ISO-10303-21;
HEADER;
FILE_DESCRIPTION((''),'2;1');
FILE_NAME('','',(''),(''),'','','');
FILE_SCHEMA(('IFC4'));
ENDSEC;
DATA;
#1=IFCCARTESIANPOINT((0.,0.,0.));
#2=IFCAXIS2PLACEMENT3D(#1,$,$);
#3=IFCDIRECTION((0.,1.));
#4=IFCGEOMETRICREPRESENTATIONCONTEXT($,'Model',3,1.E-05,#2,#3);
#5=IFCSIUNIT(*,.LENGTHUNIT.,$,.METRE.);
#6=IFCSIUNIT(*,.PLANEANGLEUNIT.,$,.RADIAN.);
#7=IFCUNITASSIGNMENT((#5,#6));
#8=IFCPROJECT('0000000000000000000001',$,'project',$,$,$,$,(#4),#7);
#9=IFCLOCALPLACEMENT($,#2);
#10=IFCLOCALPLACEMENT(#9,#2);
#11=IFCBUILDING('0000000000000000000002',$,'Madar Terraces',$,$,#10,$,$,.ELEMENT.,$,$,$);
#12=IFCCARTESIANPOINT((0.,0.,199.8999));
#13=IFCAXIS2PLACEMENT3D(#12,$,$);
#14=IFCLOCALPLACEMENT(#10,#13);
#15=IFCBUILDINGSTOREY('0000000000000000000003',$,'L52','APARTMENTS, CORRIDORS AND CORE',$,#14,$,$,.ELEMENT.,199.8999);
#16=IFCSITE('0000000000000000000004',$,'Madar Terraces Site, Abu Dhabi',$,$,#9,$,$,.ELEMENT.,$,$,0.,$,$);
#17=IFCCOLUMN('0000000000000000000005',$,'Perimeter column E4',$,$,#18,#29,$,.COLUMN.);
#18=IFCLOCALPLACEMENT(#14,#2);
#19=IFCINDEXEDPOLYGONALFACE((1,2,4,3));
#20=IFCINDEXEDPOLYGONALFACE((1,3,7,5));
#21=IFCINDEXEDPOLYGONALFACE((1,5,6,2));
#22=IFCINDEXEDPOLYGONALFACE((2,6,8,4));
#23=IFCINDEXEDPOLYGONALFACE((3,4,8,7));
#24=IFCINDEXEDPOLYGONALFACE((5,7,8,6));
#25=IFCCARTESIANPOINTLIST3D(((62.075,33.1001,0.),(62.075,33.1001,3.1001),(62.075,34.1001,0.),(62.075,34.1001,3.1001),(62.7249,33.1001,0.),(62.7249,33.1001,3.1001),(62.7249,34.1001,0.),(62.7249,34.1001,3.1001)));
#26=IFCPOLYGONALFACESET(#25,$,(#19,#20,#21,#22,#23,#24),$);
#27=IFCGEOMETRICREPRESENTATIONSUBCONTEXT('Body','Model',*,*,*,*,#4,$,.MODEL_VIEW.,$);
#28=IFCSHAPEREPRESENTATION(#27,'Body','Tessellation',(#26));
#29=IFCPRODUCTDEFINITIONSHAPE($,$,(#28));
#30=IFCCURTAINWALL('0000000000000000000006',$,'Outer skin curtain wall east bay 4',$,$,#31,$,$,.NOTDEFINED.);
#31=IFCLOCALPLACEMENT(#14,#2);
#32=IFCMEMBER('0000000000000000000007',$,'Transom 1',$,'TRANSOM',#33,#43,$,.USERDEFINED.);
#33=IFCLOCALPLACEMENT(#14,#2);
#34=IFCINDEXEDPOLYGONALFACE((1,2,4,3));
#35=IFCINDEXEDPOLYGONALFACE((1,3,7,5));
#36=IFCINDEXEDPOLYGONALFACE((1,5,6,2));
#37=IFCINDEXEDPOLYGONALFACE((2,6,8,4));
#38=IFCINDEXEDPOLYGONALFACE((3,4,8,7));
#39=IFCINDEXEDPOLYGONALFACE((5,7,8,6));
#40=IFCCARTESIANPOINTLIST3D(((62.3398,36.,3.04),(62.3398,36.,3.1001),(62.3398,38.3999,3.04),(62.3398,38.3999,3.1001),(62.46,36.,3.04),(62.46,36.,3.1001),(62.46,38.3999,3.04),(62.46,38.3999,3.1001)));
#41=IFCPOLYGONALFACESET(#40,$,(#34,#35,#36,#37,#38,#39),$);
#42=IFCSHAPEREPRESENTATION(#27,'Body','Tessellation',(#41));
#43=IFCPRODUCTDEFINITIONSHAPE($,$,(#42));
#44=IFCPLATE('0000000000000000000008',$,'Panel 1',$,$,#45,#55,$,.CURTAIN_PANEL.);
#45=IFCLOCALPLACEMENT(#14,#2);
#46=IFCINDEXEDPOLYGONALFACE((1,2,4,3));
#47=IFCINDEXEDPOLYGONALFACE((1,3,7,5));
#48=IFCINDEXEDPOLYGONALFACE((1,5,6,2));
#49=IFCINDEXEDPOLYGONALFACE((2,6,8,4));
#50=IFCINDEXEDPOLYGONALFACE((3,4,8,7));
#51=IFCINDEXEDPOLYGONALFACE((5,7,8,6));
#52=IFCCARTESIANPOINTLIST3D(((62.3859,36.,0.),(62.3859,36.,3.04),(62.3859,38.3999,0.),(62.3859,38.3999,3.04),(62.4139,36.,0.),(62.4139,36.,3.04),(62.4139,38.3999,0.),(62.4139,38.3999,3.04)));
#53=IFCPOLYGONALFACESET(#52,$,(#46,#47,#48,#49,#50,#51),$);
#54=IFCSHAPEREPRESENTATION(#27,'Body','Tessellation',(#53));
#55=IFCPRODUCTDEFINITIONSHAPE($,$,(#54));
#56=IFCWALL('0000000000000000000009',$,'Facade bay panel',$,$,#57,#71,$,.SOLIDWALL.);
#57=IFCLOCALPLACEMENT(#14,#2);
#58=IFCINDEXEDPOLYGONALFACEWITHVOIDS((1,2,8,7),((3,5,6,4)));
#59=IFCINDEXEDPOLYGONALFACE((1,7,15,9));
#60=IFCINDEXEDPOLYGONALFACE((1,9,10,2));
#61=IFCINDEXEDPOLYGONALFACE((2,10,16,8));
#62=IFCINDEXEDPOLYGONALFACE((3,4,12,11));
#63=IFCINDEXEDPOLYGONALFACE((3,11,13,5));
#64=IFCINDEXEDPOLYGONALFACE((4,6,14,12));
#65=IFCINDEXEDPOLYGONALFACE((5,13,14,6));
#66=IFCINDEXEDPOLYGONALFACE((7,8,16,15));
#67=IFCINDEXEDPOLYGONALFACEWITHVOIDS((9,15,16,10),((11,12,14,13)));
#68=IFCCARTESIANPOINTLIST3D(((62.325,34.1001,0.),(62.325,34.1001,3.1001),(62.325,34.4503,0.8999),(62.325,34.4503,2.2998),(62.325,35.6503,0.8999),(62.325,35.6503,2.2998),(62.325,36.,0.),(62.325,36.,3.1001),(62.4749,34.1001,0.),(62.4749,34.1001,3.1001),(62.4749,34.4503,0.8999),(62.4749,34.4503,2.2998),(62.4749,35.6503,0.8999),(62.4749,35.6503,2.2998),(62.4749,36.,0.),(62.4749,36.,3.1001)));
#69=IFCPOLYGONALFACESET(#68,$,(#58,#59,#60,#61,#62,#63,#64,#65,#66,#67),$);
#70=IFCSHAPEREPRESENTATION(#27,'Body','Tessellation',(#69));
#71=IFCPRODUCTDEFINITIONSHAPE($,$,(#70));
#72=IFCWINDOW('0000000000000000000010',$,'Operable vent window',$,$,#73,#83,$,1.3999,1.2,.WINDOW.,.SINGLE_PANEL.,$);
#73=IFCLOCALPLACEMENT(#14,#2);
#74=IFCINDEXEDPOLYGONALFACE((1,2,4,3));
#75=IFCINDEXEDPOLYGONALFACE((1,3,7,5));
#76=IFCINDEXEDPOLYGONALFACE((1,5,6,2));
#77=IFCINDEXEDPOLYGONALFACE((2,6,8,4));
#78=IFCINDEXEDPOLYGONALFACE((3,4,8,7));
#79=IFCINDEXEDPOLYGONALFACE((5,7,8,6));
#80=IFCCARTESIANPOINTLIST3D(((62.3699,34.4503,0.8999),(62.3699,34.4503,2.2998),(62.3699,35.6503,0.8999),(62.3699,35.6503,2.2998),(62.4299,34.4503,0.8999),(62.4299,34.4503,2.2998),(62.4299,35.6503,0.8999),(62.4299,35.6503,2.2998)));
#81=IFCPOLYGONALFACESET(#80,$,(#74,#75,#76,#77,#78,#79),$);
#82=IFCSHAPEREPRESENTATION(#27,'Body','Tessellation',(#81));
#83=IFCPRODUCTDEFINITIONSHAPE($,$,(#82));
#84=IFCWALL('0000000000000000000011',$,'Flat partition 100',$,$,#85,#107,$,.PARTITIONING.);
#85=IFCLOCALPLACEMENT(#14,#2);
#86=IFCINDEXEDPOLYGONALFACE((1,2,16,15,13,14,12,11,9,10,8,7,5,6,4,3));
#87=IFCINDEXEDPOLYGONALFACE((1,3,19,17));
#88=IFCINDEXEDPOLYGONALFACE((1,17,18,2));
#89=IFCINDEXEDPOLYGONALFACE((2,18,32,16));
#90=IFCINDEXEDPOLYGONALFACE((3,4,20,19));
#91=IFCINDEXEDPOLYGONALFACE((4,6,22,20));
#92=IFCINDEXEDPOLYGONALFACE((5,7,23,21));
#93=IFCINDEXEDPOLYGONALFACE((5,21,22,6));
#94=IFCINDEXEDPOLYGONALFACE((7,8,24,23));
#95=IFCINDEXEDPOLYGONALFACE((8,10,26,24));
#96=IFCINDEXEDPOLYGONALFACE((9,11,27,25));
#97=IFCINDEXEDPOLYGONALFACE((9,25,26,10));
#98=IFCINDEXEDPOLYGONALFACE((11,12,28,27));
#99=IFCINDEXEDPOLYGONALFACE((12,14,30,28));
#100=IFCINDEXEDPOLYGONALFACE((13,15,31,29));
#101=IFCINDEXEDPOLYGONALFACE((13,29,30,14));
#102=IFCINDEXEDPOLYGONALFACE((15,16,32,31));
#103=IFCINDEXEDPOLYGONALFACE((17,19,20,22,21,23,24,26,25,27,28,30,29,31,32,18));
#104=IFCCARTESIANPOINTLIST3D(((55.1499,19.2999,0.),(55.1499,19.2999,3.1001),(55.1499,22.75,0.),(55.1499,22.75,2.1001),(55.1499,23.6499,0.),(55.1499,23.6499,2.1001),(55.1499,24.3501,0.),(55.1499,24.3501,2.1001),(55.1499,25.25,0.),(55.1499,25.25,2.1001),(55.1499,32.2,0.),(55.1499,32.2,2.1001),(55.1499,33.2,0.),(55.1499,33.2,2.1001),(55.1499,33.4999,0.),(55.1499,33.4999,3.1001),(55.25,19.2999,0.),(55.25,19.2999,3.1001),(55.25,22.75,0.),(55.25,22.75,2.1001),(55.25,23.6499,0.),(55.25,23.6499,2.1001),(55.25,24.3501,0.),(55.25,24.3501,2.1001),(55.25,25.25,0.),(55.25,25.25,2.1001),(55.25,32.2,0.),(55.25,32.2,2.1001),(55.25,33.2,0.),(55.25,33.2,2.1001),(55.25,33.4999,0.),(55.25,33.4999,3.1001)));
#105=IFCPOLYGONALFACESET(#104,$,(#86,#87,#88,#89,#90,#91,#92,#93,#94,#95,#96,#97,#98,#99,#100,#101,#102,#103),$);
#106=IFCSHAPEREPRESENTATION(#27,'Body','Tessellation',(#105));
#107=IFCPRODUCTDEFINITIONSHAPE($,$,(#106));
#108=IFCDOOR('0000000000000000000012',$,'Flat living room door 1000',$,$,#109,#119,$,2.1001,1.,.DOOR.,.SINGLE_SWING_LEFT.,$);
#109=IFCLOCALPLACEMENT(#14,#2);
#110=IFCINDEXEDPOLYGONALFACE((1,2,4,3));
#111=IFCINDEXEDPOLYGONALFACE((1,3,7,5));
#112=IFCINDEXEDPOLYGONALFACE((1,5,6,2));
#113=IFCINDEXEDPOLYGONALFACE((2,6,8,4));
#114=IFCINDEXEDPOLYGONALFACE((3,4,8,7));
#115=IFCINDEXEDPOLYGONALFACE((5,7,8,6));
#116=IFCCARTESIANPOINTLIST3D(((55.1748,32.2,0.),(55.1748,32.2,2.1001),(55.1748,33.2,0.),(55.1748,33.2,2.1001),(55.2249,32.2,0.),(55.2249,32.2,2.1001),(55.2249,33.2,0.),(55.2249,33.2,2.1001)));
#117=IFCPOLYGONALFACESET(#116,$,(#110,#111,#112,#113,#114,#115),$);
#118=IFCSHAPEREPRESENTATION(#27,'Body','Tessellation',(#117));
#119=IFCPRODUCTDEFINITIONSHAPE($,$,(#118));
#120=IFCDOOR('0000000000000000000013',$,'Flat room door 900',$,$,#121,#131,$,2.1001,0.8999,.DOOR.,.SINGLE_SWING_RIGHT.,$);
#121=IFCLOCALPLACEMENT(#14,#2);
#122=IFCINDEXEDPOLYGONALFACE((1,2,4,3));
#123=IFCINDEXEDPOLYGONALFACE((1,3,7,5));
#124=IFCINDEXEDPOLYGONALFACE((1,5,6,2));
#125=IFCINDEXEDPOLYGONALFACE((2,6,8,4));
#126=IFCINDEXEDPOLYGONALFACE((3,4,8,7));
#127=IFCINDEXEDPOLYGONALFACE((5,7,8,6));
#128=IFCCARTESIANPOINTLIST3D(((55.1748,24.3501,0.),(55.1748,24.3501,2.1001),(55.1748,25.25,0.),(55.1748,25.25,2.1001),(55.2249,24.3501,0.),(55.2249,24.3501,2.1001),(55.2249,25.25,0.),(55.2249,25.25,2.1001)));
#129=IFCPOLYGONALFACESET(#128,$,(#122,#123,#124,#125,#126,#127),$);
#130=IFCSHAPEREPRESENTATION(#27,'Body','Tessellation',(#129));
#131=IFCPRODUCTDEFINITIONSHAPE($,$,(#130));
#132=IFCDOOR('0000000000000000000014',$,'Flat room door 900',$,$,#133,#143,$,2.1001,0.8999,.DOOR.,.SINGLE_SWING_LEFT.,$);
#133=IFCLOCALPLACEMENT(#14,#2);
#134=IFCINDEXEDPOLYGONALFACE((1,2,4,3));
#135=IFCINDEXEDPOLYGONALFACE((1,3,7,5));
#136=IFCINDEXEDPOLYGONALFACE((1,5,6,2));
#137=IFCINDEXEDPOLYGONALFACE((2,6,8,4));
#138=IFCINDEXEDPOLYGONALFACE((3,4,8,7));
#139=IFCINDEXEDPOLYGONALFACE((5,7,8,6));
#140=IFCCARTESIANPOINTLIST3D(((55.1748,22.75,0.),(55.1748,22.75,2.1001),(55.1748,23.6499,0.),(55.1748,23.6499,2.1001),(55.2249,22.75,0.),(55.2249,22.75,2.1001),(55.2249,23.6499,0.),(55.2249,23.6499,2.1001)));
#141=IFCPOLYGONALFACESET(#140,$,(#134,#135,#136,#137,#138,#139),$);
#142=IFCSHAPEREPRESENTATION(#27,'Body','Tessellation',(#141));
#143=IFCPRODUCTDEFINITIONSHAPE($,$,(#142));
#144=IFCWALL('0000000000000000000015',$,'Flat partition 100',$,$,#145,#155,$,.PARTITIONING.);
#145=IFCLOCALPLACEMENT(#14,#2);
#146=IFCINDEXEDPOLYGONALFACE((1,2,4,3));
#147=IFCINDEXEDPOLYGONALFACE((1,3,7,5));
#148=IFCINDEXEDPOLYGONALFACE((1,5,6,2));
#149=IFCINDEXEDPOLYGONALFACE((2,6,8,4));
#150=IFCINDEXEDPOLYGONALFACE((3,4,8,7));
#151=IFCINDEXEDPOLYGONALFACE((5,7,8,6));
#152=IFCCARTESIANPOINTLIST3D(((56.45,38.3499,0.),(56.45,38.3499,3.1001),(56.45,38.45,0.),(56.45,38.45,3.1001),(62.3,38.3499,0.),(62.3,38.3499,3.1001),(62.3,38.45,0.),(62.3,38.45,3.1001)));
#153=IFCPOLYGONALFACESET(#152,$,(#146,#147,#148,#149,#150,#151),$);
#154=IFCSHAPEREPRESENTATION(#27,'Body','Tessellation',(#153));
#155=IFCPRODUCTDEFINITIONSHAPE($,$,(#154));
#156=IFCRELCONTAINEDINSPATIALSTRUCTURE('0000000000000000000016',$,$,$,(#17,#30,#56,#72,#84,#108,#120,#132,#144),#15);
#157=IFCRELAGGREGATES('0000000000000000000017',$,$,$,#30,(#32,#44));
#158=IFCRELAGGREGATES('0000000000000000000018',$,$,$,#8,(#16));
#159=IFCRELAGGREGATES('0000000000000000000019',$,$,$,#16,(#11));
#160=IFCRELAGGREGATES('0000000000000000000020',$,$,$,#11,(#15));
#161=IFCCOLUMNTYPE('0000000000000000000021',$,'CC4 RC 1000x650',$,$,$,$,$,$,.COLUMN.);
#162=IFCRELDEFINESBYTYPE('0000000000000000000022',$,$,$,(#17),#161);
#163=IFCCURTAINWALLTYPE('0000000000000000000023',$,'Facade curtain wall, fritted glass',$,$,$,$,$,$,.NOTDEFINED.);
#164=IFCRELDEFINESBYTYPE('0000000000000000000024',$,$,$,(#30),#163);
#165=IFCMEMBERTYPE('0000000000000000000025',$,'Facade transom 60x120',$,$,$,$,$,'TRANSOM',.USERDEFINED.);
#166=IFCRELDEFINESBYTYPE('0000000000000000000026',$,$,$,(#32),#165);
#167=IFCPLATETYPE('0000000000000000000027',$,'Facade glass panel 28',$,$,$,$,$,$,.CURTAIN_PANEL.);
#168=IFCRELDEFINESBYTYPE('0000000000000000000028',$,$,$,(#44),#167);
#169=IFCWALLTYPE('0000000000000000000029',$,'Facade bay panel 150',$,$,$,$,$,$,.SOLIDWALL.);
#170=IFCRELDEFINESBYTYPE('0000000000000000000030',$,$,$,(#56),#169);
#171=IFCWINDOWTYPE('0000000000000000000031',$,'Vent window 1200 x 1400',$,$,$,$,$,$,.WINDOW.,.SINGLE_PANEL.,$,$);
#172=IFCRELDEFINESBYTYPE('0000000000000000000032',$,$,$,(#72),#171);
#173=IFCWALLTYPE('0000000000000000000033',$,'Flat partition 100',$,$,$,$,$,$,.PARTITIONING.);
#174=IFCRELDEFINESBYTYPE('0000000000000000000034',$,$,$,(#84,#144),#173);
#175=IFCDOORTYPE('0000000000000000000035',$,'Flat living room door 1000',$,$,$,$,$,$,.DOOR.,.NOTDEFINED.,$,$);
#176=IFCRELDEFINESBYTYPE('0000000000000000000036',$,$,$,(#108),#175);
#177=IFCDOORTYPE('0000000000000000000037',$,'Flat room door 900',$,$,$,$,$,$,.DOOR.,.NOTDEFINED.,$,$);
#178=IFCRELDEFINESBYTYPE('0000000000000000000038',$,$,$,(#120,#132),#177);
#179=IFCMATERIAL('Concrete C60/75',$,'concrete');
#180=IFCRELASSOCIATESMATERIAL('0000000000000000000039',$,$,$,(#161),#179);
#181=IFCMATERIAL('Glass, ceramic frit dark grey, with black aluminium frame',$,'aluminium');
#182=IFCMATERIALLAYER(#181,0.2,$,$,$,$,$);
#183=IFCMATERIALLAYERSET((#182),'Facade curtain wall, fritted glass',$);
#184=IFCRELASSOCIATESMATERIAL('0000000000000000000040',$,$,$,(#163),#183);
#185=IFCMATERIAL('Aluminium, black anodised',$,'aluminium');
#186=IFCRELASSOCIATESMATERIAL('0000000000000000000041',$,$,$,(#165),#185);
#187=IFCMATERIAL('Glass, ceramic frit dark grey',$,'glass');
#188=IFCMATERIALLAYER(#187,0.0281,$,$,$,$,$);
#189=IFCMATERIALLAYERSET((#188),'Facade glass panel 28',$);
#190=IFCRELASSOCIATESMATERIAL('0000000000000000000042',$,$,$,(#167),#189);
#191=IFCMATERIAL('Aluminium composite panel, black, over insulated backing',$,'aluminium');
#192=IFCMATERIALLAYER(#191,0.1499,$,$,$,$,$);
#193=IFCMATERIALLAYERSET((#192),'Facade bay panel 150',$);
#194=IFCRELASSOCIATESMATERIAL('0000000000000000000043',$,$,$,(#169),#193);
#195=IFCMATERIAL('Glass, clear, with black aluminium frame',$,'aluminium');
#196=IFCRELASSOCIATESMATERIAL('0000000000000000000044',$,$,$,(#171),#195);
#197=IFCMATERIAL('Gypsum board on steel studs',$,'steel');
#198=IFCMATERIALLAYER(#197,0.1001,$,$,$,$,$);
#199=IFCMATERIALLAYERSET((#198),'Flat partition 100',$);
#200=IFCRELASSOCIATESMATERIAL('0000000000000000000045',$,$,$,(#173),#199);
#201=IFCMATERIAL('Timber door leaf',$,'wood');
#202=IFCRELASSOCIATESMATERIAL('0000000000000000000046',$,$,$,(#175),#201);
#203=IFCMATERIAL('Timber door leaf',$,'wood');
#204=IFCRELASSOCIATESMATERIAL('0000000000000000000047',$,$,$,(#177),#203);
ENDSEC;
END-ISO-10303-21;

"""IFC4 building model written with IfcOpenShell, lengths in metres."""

from ifc_helpers import new_model, si_unit, direction, frame, frame_2d, origin, origin_2d, place, context, subcontext, project, spatial, rectangle, extrude, material, layer, layer_set, material_profile, profile_set, type_object, element, fill, aggregate, save


model = new_model("IFC4")

# Units and contexts
model_context = context("Model", 3, precision=1e-05, world=origin(), true_north=direction((0.0, 1.0)))
body_context = subcontext(model_context, "Body", "Model", "MODEL_VIEW")
ifc_project = project(units=[si_unit("LENGTHUNIT", "METRE"), si_unit("PLANEANGLEUNIT", "RADIAN")], contexts=[model_context])

# Site, building, storey
site_placement = place(None, origin())
site = spatial("IfcSite", under=ifc_project, at=site_placement, Name="Madar Terraces Site, Abu Dhabi", CompositionType="ELEMENT", RefElevation=0.0)
building_placement = place(site_placement, origin())
building = spatial("IfcBuilding", under=site, at=building_placement, Name="Madar Terraces", CompositionType="ELEMENT")
storey_placement = place(building_placement, frame((0.0, 0.0, 199.8999)))
storey = spatial("IfcBuildingStorey", under=building, at=storey_placement, Name="L52", Description="APARTMENTS, CORRIDORS AND CORE", CompositionType="ELEMENT", Elevation=199.8999)

# Column
ifc_material_1 = material(Name="Concrete C60/75", Category="concrete")
ifc_material_profile_1 = material_profile(ifc_material_1, rectangle(XDim=1.0, YDim=0.6499, at=origin_2d()), Name="CC4 RC 1000x650")
ifc_profile_set_1 = profile_set([ifc_material_profile_1], Name="Concrete C60/75")
column_type = type_object("IfcColumnType", Name="CC4 RC 1000x650", PredefinedType="COLUMN", material=ifc_profile_set_1)
column_placement = place(storey_placement, frame((62.3999, 33.6001, 0.0), z_axis=(0.0, 0.0, 1.0), x_axis=(0.0, 1.0, 0.0)))
element("IfcColumn", 1, at=column_placement, inside=storey, type_object=column_type, Name="Perimeter column E4", PredefinedType="COLUMN", context=body_context, shape_type="SweptSolid", body=[
    extrude(rectangle(XDim=1.0, YDim=0.6499, at=origin_2d()), origin(), (0.0, 0.0, 1.0), 3.1001),
])

# Curtain wall, member, plate
ifc_material_2 = material(Name="Glass, ceramic frit dark grey, with black aluminium frame", Category="aluminium")
ifc_layer_1 = layer(ifc_material_2, 0.2)
ifc_layer_set_1 = layer_set([ifc_layer_1], Name="Facade curtain wall, fritted glass")
curtain_wall_type = type_object("IfcCurtainWallType", Name="Facade curtain wall, fritted glass", PredefinedType="NOTDEFINED", material=ifc_layer_set_1)
curtain_wall_placement = place(storey_placement, origin())
curtain_wall = element("IfcCurtainWall", 2, at=curtain_wall_placement, inside=storey, type_object=curtain_wall_type, Name="Outer skin curtain wall east bay 4", PredefinedType="NOTDEFINED")
ifc_material_3 = material(Name="Aluminium, black anodised", Category="aluminium")
ifc_material_profile_2 = material_profile(ifc_material_3, rectangle(XDim=0.1201, YDim=0.0601, at=origin_2d()), Name="Facade transom 60x120")
ifc_profile_set_2 = profile_set([ifc_material_profile_2], Name="Aluminium, black anodised")
member_type = type_object("IfcMemberType", Name="Facade transom 60x120", ElementType="TRANSOM", PredefinedType="USERDEFINED", material=ifc_profile_set_2)
member_placement = place(storey_placement, frame((62.3999, 36.0, 3.0701), z_axis=(0.0, 1.0, 0.0), x_axis=(-1.0, 0.0, 0.0)))
member = element("IfcMember", 3, at=member_placement, type_object=member_type, Name="Transom 1", ObjectType="TRANSOM", PredefinedType="USERDEFINED", context=body_context, shape_type="SweptSolid", body=[
    extrude(rectangle(XDim=0.1201, YDim=0.0601, at=origin_2d()), origin(), (0.0, 0.0, 1.0), 2.3999),
])
ifc_material_4 = material(Name="Glass, ceramic frit dark grey", Category="glass")
ifc_layer_2 = layer(ifc_material_4, 0.0281)
ifc_layer_set_2 = layer_set([ifc_layer_2], Name="Facade glass panel 28")
plate_type = type_object("IfcPlateType", Name="Facade glass panel 28", PredefinedType="CURTAIN_PANEL", material=ifc_layer_set_2)
plate_placement = place(storey_placement, frame((62.3999, 37.2, 0.0), z_axis=(0.0, 0.0, 1.0), x_axis=(0.0, 1.0, 0.0)))
plate = element("IfcPlate", 4, at=plate_placement, type_object=plate_type, Name="Panel 1", PredefinedType="CURTAIN_PANEL", context=body_context, shape_type="SweptSolid", body=[
    extrude(rectangle(XDim=2.3999, YDim=0.0281, at=origin_2d()), origin(), (0.0, 0.0, 1.0), 3.04),
])
aggregate(curtain_wall, [member, plate])

# Wall, opening, window
ifc_material_5 = material(Name="Aluminium composite panel, black, over insulated backing", Category="aluminium")
ifc_layer_3 = layer(ifc_material_5, 0.1499)
ifc_layer_set_3 = layer_set([ifc_layer_3], Name="Facade bay panel 150")
wall_type_1 = type_object("IfcWallType", Name="Facade bay panel 150", PredefinedType="SOLIDWALL", material=ifc_layer_set_3)
wall_1_placement = place(storey_placement, frame((62.3999, 34.1001, 0.0), z_axis=(0.0, 0.0, 1.0), x_axis=(0.0, 1.0, 0.0)))
wall_1 = element("IfcWall", 5, at=wall_1_placement, inside=storey, type_object=wall_type_1, Name="Facade bay panel", PredefinedType="SOLIDWALL", context=body_context, shape_type="SweptSolid", body=[
    extrude(rectangle(XDim=1.8999, YDim=0.1499, at=frame_2d((0.95, 0.0))), origin(), (0.0, 0.0, 1.0), 3.1001),
])
opening_1_placement = place(wall_1_placement, frame((0.3501, 0.0, 0.8999)))
opening_1 = element("IfcOpeningElement", 6, at=opening_1_placement, cuts=wall_1, PredefinedType="OPENING", context=body_context, shape_type="SweptSolid", body=[
    extrude(rectangle(XDim=1.2, YDim=1.3999, at=frame_2d((0.6001, 0.7))), frame((0.0, 0.085, 0.0), z_axis=(0.0, -1.0, 0.0), x_axis=(1.0, 0.0, 0.0)), (0.0, 0.0, 1.0), 0.1699),
])
ifc_material_6 = material(Name="Glass, clear, with black aluminium frame", Category="aluminium")
window_type = type_object("IfcWindowType", Name="Vent window 1200 x 1400", PartitioningType="SINGLE_PANEL", PredefinedType="WINDOW", material=ifc_material_6)
window_placement = place(opening_1_placement, origin())
window = element("IfcWindow", 7, at=window_placement, inside=storey, type_object=window_type, Name="Operable vent window", OverallHeight=1.3999, OverallWidth=1.2, PartitioningType="SINGLE_PANEL", PredefinedType="WINDOW", context=body_context, shape_type="SweptSolid", body=[
    extrude(rectangle(XDim=1.2, YDim=1.3999, at=frame_2d((0.6001, 0.7))), frame((0.0, 0.03, 0.0), z_axis=(0.0, -1.0, 0.0), x_axis=(1.0, 0.0, 0.0)), (0.0, 0.0, 1.0), 0.0601),
])
fill(opening_1, window)

# Wall, openings, doors
ifc_material_7 = material(Name="Gypsum board on steel studs", Category="steel")
ifc_layer_4 = layer(ifc_material_7, 0.1001)
ifc_layer_set_4 = layer_set([ifc_layer_4], Name="Flat partition 100")
wall_type_2 = type_object("IfcWallType", Name="Flat partition 100", PredefinedType="PARTITIONING", material=ifc_layer_set_4)
wall_2_placement = place(storey_placement, frame((55.2, 33.5, 0.0), z_axis=(0.0, 0.0, 1.0), x_axis=(0.0, -1.0, 0.0)))
wall_2 = element("IfcWall", 8, at=wall_2_placement, inside=storey, type_object=wall_type_2, Name="Flat partition 100", PredefinedType="PARTITIONING", context=body_context, shape_type="SweptSolid", body=[
    extrude(rectangle(XDim=14.2, YDim=0.1001, at=frame_2d((7.1001, 0.0))), origin(), (0.0, 0.0, 1.0), 3.1001),
])
opening_2_placement = place(wall_2_placement, frame((0.3, 0.0, 0.0)))
opening_2 = element("IfcOpeningElement", 9, at=opening_2_placement, cuts=wall_2, PredefinedType="OPENING", context=body_context, shape_type="SweptSolid", body=[
    extrude(rectangle(XDim=1.0, YDim=2.1001, at=frame_2d((0.5, 1.05))), frame((0.0, 0.0601, 0.0), z_axis=(0.0, -1.0, 0.0), x_axis=(1.0, 0.0, 0.0)), (0.0, 0.0, 1.0), 0.1201),
])
opening_3_placement = place(wall_2_placement, frame((8.25, 0.0, 0.0)))
opening_3 = element("IfcOpeningElement", 10, at=opening_3_placement, cuts=wall_2, PredefinedType="OPENING", context=body_context, shape_type="SweptSolid", body=[
    extrude(rectangle(XDim=0.8999, YDim=2.1001, at=frame_2d((0.45, 1.05))), frame((0.0, 0.0601, 0.0), z_axis=(0.0, -1.0, 0.0), x_axis=(1.0, 0.0, 0.0)), (0.0, 0.0, 1.0), 0.1201),
])
opening_4_placement = place(wall_2_placement, frame((9.8501, 0.0, 0.0)))
opening_4 = element("IfcOpeningElement", 11, at=opening_4_placement, cuts=wall_2, PredefinedType="OPENING", context=body_context, shape_type="SweptSolid", body=[
    extrude(rectangle(XDim=0.8999, YDim=2.1001, at=frame_2d((0.45, 1.05))), frame((0.0, 0.0601, 0.0), z_axis=(0.0, -1.0, 0.0), x_axis=(1.0, 0.0, 0.0)), (0.0, 0.0, 1.0), 0.1201),
])
ifc_material_8 = material(Name="Timber door leaf", Category="wood")
door_type_1 = type_object("IfcDoorType", Name="Flat living room door 1000", OperationType="NOTDEFINED", PredefinedType="DOOR", material=ifc_material_8)
door_1_placement = place(opening_2_placement, origin())
door_1 = element("IfcDoor", 12, at=door_1_placement, inside=storey, type_object=door_type_1, Name="Flat living room door 1000", OperationType="SINGLE_SWING_LEFT", OverallHeight=2.1001, OverallWidth=1.0, PredefinedType="DOOR", context=body_context, shape_type="SweptSolid", body=[
    extrude(rectangle(XDim=1.0, YDim=2.1001, at=frame_2d((0.5, 1.05))), frame((0.0, 0.0249, 0.0), z_axis=(0.0, -1.0, 0.0), x_axis=(1.0, 0.0, 0.0)), (0.0, 0.0, 1.0), 0.05),
])
fill(opening_2, door_1)
ifc_material_9 = material(Name="Timber door leaf", Category="wood")
door_type_2 = type_object("IfcDoorType", Name="Flat room door 900", OperationType="NOTDEFINED", PredefinedType="DOOR", material=ifc_material_9)
door_2_placement = place(opening_3_placement, origin())
door_2 = element("IfcDoor", 13, at=door_2_placement, inside=storey, type_object=door_type_2, Name="Flat room door 900", OperationType="SINGLE_SWING_RIGHT", OverallHeight=2.1001, OverallWidth=0.8999, PredefinedType="DOOR", context=body_context, shape_type="SweptSolid", body=[
    extrude(rectangle(XDim=0.8999, YDim=2.1001, at=frame_2d((0.45, 1.05))), frame((0.0, 0.0249, 0.0), z_axis=(0.0, -1.0, 0.0), x_axis=(1.0, 0.0, 0.0)), (0.0, 0.0, 1.0), 0.05),
])
fill(opening_3, door_2)
door_3_placement = place(opening_4_placement, origin())
door_3 = element("IfcDoor", 14, at=door_3_placement, inside=storey, type_object=door_type_2, Name="Flat room door 900", OperationType="SINGLE_SWING_LEFT", OverallHeight=2.1001, OverallWidth=0.8999, PredefinedType="DOOR", context=body_context, shape_type="SweptSolid", body=[
    extrude(rectangle(XDim=0.8999, YDim=2.1001, at=frame_2d((0.45, 1.05))), frame((0.0, 0.0249, 0.0), z_axis=(0.0, -1.0, 0.0), x_axis=(1.0, 0.0, 0.0)), (0.0, 0.0, 1.0), 0.05),
])
fill(opening_4, door_3)

# Wall
wall_3_placement = place(storey_placement, frame((56.45, 38.3999, 0.0), z_axis=(0.0, 0.0, 1.0), x_axis=(1.0, 0.0, 0.0)))
element("IfcWall", 15, at=wall_3_placement, inside=storey, type_object=wall_type_2, Name="Flat partition 100", PredefinedType="PARTITIONING", context=body_context, shape_type="SweptSolid", body=[
    extrude(rectangle(XDim=5.8501, YDim=0.1001, at=frame_2d((2.925, 0.0))), origin(), (0.0, 0.0, 1.0), 3.1001),
])

save(model, "model.ifc")
